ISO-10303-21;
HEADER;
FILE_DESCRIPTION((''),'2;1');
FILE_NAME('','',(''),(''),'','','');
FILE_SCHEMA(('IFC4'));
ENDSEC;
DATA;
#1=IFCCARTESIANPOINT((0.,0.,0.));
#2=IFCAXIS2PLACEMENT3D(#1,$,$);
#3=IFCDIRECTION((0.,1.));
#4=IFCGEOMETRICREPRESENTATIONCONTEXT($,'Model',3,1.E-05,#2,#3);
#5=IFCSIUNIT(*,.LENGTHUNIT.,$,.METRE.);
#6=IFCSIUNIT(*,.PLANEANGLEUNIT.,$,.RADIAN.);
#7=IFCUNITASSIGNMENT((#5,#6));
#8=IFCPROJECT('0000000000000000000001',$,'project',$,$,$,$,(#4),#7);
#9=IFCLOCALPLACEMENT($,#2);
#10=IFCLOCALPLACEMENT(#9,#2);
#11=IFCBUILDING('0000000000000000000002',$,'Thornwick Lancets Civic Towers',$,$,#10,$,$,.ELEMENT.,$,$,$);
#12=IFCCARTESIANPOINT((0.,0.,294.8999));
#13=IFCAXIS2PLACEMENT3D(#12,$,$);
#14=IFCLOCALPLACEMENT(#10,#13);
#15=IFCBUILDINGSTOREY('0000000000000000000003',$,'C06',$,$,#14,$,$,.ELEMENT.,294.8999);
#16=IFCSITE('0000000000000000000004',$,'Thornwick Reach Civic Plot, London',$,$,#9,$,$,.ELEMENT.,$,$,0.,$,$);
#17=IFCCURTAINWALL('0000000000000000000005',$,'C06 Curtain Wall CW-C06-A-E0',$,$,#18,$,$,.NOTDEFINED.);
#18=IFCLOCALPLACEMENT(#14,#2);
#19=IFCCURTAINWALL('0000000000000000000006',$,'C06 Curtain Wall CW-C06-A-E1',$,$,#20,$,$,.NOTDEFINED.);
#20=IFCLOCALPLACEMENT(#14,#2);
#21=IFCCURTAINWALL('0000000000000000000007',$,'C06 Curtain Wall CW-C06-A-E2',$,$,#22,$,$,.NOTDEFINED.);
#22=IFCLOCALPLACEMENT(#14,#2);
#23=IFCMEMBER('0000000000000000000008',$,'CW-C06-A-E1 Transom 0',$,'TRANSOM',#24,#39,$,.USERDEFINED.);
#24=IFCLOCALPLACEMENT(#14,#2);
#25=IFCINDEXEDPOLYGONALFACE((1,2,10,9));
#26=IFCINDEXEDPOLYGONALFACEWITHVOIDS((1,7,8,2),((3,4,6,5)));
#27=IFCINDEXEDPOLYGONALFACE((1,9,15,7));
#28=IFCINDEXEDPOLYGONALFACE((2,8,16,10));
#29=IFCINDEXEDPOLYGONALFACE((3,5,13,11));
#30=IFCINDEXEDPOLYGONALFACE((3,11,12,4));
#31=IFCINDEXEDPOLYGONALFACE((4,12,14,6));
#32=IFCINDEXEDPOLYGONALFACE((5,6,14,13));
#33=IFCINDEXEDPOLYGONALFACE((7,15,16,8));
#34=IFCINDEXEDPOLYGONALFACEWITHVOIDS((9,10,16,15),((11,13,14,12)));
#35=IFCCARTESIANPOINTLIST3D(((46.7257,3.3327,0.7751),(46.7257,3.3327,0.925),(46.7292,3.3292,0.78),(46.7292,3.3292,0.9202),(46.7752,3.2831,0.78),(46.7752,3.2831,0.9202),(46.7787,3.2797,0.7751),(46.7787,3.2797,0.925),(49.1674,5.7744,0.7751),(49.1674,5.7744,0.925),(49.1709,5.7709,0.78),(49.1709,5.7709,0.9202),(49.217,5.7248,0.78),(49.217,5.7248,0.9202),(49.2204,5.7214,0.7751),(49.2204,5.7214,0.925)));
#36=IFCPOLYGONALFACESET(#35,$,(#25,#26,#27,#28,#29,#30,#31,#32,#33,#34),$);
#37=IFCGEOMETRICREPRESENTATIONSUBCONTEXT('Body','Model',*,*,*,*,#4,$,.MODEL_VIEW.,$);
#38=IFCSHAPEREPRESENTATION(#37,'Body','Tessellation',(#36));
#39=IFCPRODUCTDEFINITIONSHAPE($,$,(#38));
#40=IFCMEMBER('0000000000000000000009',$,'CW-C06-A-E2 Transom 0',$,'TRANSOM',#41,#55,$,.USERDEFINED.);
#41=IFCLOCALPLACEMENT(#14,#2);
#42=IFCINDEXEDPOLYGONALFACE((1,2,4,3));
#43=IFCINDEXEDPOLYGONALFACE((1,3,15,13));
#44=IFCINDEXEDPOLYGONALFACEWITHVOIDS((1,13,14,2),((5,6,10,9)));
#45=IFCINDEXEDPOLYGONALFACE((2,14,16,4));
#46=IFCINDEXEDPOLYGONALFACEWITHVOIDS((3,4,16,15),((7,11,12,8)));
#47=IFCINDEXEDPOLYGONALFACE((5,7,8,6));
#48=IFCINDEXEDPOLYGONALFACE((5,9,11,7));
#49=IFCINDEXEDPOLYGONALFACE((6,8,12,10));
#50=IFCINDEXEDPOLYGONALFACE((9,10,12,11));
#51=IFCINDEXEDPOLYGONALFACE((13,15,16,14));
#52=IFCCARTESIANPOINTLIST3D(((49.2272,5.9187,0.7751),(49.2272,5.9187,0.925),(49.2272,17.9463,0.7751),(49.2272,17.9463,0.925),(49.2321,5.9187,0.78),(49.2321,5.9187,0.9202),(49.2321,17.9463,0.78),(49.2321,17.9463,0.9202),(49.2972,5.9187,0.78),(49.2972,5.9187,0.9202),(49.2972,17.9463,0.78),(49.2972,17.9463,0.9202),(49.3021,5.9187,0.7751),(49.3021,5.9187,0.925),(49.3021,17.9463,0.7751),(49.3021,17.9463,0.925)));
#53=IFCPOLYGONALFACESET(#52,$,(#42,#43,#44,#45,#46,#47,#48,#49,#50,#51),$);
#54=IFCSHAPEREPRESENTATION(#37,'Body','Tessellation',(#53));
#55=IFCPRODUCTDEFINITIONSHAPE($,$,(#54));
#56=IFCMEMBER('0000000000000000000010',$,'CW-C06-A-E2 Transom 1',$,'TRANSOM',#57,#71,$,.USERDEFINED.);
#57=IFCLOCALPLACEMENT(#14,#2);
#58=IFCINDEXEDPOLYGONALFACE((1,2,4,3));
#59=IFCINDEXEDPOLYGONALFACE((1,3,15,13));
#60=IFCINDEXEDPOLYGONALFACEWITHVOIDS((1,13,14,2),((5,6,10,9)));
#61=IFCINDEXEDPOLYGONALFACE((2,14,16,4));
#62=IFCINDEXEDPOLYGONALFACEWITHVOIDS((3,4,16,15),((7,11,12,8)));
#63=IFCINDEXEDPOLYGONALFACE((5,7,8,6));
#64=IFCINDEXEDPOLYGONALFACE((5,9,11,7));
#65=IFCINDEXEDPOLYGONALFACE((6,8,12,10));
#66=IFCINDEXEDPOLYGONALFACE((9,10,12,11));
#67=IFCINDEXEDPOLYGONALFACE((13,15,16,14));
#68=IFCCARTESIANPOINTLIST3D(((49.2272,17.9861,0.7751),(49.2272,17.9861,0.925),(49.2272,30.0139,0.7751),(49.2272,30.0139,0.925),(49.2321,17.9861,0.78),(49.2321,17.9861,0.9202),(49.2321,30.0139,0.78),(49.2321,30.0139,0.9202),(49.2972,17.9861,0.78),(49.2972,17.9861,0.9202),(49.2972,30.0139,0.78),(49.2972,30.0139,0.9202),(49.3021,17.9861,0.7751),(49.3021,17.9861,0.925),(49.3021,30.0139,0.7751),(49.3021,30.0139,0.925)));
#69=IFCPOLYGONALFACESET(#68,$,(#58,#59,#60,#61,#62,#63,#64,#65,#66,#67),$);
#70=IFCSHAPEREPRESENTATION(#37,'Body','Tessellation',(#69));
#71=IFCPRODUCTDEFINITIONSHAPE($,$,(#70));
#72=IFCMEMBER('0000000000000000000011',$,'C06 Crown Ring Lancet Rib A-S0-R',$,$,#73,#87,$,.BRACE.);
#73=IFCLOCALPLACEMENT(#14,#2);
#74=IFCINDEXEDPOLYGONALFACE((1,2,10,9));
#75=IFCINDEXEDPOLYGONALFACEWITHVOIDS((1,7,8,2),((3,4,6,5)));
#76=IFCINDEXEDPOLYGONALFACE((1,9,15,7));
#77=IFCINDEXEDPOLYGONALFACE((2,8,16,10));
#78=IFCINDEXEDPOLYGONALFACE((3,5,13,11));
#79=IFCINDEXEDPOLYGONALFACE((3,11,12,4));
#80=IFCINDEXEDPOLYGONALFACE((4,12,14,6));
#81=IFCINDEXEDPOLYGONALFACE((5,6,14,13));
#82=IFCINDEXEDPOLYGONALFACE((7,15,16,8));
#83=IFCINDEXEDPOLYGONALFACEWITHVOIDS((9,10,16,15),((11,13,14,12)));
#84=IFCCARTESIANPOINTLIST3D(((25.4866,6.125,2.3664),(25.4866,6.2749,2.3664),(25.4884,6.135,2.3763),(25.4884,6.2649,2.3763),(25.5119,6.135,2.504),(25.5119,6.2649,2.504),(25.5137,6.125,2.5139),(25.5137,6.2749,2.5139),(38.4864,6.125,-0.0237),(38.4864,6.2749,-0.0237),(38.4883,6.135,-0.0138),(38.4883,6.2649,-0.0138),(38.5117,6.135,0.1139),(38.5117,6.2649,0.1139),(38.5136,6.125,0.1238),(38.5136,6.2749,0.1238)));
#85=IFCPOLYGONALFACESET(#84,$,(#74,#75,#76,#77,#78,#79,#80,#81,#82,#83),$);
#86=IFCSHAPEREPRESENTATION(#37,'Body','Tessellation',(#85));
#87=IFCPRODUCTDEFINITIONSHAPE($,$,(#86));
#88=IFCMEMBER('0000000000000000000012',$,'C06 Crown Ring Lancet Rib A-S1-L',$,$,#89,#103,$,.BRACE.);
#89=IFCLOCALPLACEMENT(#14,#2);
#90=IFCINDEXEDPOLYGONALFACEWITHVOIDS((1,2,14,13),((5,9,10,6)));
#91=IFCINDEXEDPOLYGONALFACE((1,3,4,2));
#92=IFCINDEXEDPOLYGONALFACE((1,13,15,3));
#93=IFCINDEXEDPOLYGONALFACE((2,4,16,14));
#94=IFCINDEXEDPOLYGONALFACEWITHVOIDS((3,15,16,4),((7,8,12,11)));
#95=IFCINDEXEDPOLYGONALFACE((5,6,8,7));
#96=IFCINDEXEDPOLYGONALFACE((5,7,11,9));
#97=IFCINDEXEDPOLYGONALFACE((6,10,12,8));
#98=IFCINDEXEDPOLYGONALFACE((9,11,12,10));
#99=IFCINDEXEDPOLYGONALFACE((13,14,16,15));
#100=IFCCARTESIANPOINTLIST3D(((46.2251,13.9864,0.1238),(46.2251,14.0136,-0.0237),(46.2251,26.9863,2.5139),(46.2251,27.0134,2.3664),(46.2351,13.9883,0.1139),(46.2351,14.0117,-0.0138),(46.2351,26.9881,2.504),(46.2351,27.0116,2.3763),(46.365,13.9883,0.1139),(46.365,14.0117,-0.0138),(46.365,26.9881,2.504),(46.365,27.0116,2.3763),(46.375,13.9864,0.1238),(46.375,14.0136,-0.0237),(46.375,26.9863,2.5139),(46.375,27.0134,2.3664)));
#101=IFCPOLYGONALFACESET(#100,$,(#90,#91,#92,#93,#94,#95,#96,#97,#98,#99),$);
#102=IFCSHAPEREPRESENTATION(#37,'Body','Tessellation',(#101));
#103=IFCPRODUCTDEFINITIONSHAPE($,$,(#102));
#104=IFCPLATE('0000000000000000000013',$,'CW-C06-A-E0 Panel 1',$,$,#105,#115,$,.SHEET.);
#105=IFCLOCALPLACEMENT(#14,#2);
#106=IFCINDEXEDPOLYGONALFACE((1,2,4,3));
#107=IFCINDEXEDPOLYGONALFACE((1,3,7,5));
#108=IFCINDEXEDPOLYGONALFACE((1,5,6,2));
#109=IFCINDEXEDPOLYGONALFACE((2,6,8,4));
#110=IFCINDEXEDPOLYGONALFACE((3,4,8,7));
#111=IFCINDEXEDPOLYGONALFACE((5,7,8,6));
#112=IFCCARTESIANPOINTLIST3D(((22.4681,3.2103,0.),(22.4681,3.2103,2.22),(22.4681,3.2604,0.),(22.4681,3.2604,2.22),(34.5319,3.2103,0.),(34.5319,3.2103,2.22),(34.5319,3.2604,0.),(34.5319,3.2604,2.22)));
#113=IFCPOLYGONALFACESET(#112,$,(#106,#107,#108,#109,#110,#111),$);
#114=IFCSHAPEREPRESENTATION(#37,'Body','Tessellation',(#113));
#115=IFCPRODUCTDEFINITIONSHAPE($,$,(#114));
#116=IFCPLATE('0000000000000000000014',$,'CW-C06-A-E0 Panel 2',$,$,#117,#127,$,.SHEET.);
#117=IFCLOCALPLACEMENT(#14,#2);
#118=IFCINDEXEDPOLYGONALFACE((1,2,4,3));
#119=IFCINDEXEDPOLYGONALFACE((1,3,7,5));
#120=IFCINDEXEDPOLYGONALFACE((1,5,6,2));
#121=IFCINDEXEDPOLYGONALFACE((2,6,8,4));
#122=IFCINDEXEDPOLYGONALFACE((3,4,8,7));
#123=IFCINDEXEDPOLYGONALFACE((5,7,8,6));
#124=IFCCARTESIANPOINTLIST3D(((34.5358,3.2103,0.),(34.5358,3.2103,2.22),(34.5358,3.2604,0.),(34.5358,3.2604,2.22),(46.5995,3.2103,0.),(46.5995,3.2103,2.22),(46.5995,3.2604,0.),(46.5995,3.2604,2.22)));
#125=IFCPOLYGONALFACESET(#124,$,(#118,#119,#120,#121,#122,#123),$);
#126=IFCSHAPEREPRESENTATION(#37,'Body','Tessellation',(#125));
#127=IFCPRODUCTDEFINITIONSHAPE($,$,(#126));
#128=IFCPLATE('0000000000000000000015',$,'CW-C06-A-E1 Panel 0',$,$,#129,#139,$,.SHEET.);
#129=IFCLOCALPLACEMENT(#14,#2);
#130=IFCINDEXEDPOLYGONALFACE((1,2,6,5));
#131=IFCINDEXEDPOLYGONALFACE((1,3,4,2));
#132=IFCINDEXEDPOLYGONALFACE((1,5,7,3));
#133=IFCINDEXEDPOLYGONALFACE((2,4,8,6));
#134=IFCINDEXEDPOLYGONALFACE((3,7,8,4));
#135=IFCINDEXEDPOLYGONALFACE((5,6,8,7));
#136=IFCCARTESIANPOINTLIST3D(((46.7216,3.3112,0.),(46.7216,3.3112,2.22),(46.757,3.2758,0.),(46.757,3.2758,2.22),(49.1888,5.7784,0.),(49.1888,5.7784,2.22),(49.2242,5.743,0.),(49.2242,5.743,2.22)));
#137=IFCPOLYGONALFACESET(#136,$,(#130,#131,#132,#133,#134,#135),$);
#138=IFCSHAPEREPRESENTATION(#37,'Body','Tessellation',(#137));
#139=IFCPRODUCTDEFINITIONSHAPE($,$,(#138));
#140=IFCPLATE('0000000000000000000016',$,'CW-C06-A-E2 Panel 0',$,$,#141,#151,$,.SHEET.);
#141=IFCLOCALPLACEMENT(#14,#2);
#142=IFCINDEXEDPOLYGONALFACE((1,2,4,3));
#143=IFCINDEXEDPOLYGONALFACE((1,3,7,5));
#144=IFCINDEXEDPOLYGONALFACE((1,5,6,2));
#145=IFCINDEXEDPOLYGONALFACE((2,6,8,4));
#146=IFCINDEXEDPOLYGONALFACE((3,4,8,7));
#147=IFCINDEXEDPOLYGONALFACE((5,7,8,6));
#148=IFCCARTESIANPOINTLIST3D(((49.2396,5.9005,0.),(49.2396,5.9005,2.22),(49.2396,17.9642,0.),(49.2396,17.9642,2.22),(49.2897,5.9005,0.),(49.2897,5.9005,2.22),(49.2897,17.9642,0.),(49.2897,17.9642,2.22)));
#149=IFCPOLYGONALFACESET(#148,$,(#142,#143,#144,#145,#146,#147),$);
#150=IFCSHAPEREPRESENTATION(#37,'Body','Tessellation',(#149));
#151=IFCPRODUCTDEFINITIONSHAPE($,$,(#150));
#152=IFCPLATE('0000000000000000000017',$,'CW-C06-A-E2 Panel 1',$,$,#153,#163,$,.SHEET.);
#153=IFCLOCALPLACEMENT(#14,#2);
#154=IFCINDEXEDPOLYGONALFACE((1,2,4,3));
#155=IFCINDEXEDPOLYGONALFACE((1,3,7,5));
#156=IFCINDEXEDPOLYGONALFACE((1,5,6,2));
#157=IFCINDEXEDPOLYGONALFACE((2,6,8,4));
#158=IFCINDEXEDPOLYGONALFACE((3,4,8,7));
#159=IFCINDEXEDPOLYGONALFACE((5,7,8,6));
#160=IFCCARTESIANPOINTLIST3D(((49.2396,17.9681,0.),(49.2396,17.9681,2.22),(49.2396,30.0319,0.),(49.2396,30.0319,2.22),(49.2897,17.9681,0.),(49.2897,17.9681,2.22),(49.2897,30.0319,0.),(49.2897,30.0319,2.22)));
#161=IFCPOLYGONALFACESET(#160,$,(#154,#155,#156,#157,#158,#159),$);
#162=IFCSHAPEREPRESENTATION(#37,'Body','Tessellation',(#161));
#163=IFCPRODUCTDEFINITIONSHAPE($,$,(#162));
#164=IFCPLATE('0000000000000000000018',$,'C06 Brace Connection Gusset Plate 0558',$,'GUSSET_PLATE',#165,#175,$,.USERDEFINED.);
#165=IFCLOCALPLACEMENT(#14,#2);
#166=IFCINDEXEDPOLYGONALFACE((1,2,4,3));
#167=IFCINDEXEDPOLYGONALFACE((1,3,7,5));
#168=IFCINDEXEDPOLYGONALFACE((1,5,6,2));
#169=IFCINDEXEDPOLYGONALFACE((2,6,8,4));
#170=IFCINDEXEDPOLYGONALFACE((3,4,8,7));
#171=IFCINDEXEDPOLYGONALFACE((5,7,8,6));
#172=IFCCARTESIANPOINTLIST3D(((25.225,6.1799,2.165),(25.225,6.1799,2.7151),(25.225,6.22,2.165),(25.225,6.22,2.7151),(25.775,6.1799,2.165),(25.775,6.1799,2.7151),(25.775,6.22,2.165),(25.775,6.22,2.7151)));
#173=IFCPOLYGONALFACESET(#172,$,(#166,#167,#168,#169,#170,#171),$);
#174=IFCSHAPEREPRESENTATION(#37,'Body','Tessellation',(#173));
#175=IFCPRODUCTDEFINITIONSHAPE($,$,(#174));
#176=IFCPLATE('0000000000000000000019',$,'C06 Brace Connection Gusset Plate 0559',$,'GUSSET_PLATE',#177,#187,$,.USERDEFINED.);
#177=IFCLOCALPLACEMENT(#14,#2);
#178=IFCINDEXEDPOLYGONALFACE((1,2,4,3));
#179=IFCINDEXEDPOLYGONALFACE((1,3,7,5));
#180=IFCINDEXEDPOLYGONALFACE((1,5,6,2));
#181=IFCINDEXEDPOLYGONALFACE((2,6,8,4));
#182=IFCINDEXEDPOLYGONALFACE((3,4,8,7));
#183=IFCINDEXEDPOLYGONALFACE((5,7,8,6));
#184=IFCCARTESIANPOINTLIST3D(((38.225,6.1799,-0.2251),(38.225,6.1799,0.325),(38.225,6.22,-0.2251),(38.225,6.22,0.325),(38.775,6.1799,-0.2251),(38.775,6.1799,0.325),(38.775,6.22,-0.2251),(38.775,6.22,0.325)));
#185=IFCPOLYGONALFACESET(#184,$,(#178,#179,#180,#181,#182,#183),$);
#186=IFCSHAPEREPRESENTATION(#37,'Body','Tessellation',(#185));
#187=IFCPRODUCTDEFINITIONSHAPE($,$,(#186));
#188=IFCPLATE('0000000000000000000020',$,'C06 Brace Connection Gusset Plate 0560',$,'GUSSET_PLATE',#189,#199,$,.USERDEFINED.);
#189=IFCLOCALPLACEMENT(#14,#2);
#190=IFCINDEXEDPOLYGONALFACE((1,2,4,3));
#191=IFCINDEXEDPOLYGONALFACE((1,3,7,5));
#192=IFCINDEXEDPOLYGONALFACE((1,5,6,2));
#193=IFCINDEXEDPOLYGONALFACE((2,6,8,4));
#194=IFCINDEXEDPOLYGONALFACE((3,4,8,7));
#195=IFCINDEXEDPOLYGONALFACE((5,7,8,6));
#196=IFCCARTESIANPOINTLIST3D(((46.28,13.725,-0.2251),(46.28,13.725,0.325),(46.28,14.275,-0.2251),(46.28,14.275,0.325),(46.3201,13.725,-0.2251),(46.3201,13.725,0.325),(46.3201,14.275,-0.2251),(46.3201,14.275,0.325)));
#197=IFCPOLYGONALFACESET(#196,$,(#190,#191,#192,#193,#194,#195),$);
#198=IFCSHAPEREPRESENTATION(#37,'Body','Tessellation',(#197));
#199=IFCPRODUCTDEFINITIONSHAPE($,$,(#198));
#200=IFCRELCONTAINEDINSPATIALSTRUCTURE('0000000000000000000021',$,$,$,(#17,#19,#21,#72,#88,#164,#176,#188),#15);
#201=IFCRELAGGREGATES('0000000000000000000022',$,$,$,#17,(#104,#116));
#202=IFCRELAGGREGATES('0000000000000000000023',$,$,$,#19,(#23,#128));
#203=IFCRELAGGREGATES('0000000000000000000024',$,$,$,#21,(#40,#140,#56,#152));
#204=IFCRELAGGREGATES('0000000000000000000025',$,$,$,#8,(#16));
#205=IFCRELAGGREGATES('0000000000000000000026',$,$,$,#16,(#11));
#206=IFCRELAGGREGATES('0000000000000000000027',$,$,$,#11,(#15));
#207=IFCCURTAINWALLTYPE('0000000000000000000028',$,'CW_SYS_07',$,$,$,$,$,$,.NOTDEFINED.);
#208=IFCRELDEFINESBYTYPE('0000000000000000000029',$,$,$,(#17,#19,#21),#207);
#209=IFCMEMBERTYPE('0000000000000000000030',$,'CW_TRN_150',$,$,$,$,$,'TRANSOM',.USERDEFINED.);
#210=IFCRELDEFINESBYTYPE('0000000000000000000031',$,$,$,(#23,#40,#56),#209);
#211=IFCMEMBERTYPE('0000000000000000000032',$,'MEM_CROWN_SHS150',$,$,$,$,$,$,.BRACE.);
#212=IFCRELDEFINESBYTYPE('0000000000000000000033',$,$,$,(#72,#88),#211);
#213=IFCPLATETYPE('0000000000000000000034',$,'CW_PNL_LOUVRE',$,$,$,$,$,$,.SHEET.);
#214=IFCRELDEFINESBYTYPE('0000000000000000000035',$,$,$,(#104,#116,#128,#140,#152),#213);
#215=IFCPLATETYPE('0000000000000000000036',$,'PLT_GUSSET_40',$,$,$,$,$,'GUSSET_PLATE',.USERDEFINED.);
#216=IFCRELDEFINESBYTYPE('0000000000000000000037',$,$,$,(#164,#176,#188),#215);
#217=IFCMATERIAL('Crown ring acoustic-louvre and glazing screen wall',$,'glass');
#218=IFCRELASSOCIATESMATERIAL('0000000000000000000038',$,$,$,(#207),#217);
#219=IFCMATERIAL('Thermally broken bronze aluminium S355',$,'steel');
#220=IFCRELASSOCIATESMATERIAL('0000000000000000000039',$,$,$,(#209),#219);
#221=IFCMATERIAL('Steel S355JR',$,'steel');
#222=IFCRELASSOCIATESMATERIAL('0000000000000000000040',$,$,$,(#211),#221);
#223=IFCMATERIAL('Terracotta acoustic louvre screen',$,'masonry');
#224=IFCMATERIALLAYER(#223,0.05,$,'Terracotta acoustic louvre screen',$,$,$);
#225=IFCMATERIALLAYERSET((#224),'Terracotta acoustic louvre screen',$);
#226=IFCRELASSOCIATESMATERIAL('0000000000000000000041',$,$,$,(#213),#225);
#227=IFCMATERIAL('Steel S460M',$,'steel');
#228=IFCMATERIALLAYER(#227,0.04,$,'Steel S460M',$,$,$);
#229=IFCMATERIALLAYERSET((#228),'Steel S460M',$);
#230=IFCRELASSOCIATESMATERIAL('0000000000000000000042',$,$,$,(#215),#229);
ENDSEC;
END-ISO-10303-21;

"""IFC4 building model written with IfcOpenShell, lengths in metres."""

from ifc_helpers import new_model, si_unit, direction, frame, origin, origin_2d, place, context, subcontext, project, spatial, rectangle, hollow_rectangle, extrude, material, layer, layer_set, material_profile, profile_set, type_object, element, aggregate, save


model = new_model("IFC4")

# Units and contexts
model_context = context("Model", 3, precision=1e-05, world=origin(), true_north=direction((0.0, 1.0)))
body_context = subcontext(model_context, "Body", "Model", "MODEL_VIEW")
ifc_project = project(units=[si_unit("LENGTHUNIT", "METRE"), si_unit("PLANEANGLEUNIT", "RADIAN")], contexts=[model_context])

# Site, building, storey
site_placement = place(None, origin())
site = spatial("IfcSite", under=ifc_project, at=site_placement, Name="Thornwick Reach Civic Plot, London", CompositionType="ELEMENT", RefElevation=0.0)
building_placement = place(site_placement, origin())
building = spatial("IfcBuilding", under=site, at=building_placement, Name="Thornwick Lancets Civic Towers", CompositionType="ELEMENT")
storey_placement = place(building_placement, frame((0.0, 0.0, 294.8999)))
storey = spatial("IfcBuildingStorey", under=building, at=storey_placement, Name="C06", CompositionType="ELEMENT", Elevation=294.8999)

# Shared definitions
ifc_material_1 = material(Name="Steel S355JR", Category="steel")

# Curtain walls
ifc_material_2 = material(Name="Crown ring acoustic-louvre and glazing screen wall", Category="glass")
curtain_wall_type = type_object("IfcCurtainWallType", Name="CW_SYS_07", PredefinedType="NOTDEFINED", material=ifc_material_2)
curtain_wall_1_placement = place(storey_placement, origin())
curtain_wall_1 = element("IfcCurtainWall", 1, at=curtain_wall_1_placement, inside=storey, type_object=curtain_wall_type, Name="C06 Curtain Wall CW-C06-A-E0", PredefinedType="NOTDEFINED")
ifc_material_3 = material(Name="Thermally broken bronze aluminium S355", Category="steel")
curtain_wall_2_placement = place(storey_placement, origin())
curtain_wall_2 = element("IfcCurtainWall", 2, at=curtain_wall_2_placement, inside=storey, type_object=curtain_wall_type, Name="C06 Curtain Wall CW-C06-A-E1", PredefinedType="NOTDEFINED")
curtain_wall_3_placement = place(storey_placement, origin())
curtain_wall_3 = element("IfcCurtainWall", 3, at=curtain_wall_3_placement, inside=storey, type_object=curtain_wall_type, Name="C06 Curtain Wall CW-C06-A-E2", PredefinedType="NOTDEFINED")

# Members
ifc_material_profile_1 = material_profile(ifc_material_3, hollow_rectangle(XDim=0.075, YDim=0.1499, WallThickness=0.0049, at=origin_2d()), Name="RHS 150x75x5")
ifc_profile_set_1 = profile_set([ifc_material_profile_1], Name="Thermally broken bronze aluminium S355")
member_type_1 = type_object("IfcMemberType", Name="CW_TRN_150", ElementType="TRANSOM", PredefinedType="USERDEFINED", material=ifc_profile_set_1)
member_1_placement = place(storey_placement, frame((46.7522, 3.3062, 0.8501), z_axis=(0.707107, 0.707107, 0.0), x_axis=(-0.707107, 0.707107, 0.0)))
member_1 = element("IfcMember", 4, at=member_1_placement, type_object=member_type_1, Name="CW-C06-A-E1 Transom 0", ObjectType="TRANSOM", PredefinedType="USERDEFINED", context=body_context, shape_type="SweptSolid", body=[
    extrude(hollow_rectangle(XDim=0.075, YDim=0.1499, WallThickness=0.0049, at=origin_2d()), origin(), (0.0, 0.0, 1.0), 3.4531),
])
member_2_placement = place(storey_placement, frame((49.2646, 5.9187, 0.8501), z_axis=(0.0, 1.0, 0.0), x_axis=(-1.0, 0.0, 0.0)))
member_2 = element("IfcMember", 5, at=member_2_placement, type_object=member_type_1, Name="CW-C06-A-E2 Transom 0", ObjectType="TRANSOM", PredefinedType="USERDEFINED", context=body_context, shape_type="SweptSolid", body=[
    extrude(hollow_rectangle(XDim=0.075, YDim=0.1499, WallThickness=0.0049, at=origin_2d()), origin(), (0.0, 0.0, 1.0), 12.0276),
])
member_3_placement = place(storey_placement, frame((49.2646, 17.9861, 0.8501), z_axis=(0.0, 1.0, 0.0), x_axis=(-1.0, 0.0, 0.0)))
member_3 = element("IfcMember", 6, at=member_3_placement, type_object=member_type_1, Name="CW-C06-A-E2 Transom 1", ObjectType="TRANSOM", PredefinedType="USERDEFINED", context=body_context, shape_type="SweptSolid", body=[
    extrude(hollow_rectangle(XDim=0.075, YDim=0.1499, WallThickness=0.0049, at=origin_2d()), origin(), (0.0, 0.0, 1.0), 12.0278),
])

# Members
ifc_material_profile_2 = material_profile(ifc_material_1, hollow_rectangle(XDim=0.1499, YDim=0.1499, WallThickness=0.01, at=origin_2d()), Name="SHS 150x150x10")
ifc_profile_set_2 = profile_set([ifc_material_profile_2], Name="Steel S355JR")
member_type_2 = type_object("IfcMemberType", Name="MEM_CROWN_SHS150", PredefinedType="BRACE", material=ifc_profile_set_2)
for number, where, z_axis, x_axis, name in (
    (7, (38.5, 6.2, 0.05), (-0.983515, 0.0, 0.180826), (0.0, -1.0, 0.0), "C06 Crown Ring Lancet Rib A-S0-R"),
    (8, (46.3, 14.0, 0.05), (0.0, 0.983515, 0.180826), (-1.0, 0.0, 0.0), "C06 Crown Ring Lancet Rib A-S1-L"),
):
    element("IfcMember", number, at=place(storey_placement, frame(where, z_axis=z_axis, x_axis=x_axis)), inside=storey, type_object=member_type_2, Name=name, PredefinedType="BRACE", context=body_context, shape_type="SweptSolid", body=[
        extrude(hollow_rectangle(XDim=0.1499, YDim=0.1499, WallThickness=0.01, at=origin_2d()), origin(), (0.0, 0.0, 1.0), 13.2178),
    ])

# Plates
ifc_material_4 = material(Name="Terracotta acoustic louvre screen", Category="masonry")
ifc_layer_1 = layer(ifc_material_4, 0.05, Name="Terracotta acoustic louvre screen")
ifc_layer_set_1 = layer_set([ifc_layer_1], Name="Terracotta acoustic louvre screen")
plate_type_1 = type_object("IfcPlateType", Name="CW_PNL_LOUVRE", PredefinedType="SHEET", material=ifc_layer_set_1)
plate_1_placement = place(storey_placement, frame((28.5, 3.2354, 0.0), z_axis=(0.0, 0.0, 1.0), x_axis=(1.0, 0.0, 0.0)))
plate_1 = element("IfcPlate", 9, at=plate_1_placement, type_object=plate_type_1, Name="CW-C06-A-E0 Panel 1", PredefinedType="SHEET", context=body_context, shape_type="SweptSolid", body=[
    extrude(rectangle(XDim=12.0637, YDim=0.05, at=origin_2d()), origin(), (0.0, 0.0, 1.0), 2.22),
])
plate_2_placement = place(storey_placement, frame((40.5676, 3.2354, 0.0), z_axis=(0.0, 0.0, 1.0), x_axis=(1.0, 0.0, 0.0)))
plate_2 = element("IfcPlate", 10, at=plate_2_placement, type_object=plate_type_1, Name="CW-C06-A-E0 Panel 2", PredefinedType="SHEET", context=body_context, shape_type="SweptSolid", body=[
    extrude(rectangle(XDim=12.0637, YDim=0.05, at=origin_2d()), origin(), (0.0, 0.0, 1.0), 2.22),
])
aggregate(curtain_wall_1, [plate_1, plate_2])
plate_3_placement = place(storey_placement, frame((47.9729, 4.5271, 0.0), z_axis=(0.0, 0.0, 1.0), x_axis=(0.707107, 0.707107, 0.0)))
plate_3 = element("IfcPlate", 11, at=plate_3_placement, type_object=plate_type_1, Name="CW-C06-A-E1 Panel 0", PredefinedType="SHEET", context=body_context, shape_type="SweptSolid", body=[
    extrude(rectangle(XDim=3.4893, YDim=0.05, at=origin_2d()), origin(), (0.0, 0.0, 1.0), 2.22),
])
aggregate(curtain_wall_2, [member_1, plate_3])
plate_4_placement = place(storey_placement, frame((49.2646, 11.9324, 0.0), z_axis=(0.0, 0.0, 1.0), x_axis=(0.0, 1.0, 0.0)))
plate_4 = element("IfcPlate", 12, at=plate_4_placement, type_object=plate_type_1, Name="CW-C06-A-E2 Panel 0", PredefinedType="SHEET", context=body_context, shape_type="SweptSolid", body=[
    extrude(rectangle(XDim=12.0637, YDim=0.05, at=origin_2d()), origin(), (0.0, 0.0, 1.0), 2.22),
])
plate_5_placement = place(storey_placement, frame((49.2646, 24.0, 0.0), z_axis=(0.0, 0.0, 1.0), x_axis=(0.0, 1.0, 0.0)))
plate_5 = element("IfcPlate", 13, at=plate_5_placement, type_object=plate_type_1, Name="CW-C06-A-E2 Panel 1", PredefinedType="SHEET", context=body_context, shape_type="SweptSolid", body=[
    extrude(rectangle(XDim=12.0637, YDim=0.05, at=origin_2d()), origin(), (0.0, 0.0, 1.0), 2.22),
])
aggregate(curtain_wall_3, [member_2, plate_4, member_3, plate_5])

# Plates
ifc_material_5 = material(Name="Steel S460M", Category="steel")
ifc_layer_2 = layer(ifc_material_5, 0.04, Name="Steel S460M")
ifc_layer_set_2 = layer_set([ifc_layer_2], Name="Steel S460M")
plate_type_2 = type_object("IfcPlateType", Name="PLT_GUSSET_40", ElementType="GUSSET_PLATE", PredefinedType="USERDEFINED", material=ifc_layer_set_2)
for number, where, z_axis, x_axis, name in (
    (14, (25.5, 6.2, 2.165), (0.0, 0.0, 1.0), (1.0, 0.0, 0.0), "C06 Brace Connection Gusset Plate 0558"),
    (15, (38.5, 6.2, -0.2251), (0.0, 0.0, 1.0), (-1.0, 0.0, 0.0), "C06 Brace Connection Gusset Plate 0559"),
    (16, (46.3, 14.0, -0.2251), (0.0, 0.0, 1.0), (0.0, 1.0, 0.0), "C06 Brace Connection Gusset Plate 0560"),
):
    element("IfcPlate", number, at=place(storey_placement, frame(where, z_axis=z_axis, x_axis=x_axis)), inside=storey, type_object=plate_type_2, Name=name, ObjectType="GUSSET_PLATE", PredefinedType="USERDEFINED", context=body_context, shape_type="SweptSolid", body=[
        extrude(rectangle(XDim=0.55, YDim=0.04, at=origin_2d()), origin(), (0.0, 0.0, 1.0), 0.55),
    ])

save(model, "model.ifc")
